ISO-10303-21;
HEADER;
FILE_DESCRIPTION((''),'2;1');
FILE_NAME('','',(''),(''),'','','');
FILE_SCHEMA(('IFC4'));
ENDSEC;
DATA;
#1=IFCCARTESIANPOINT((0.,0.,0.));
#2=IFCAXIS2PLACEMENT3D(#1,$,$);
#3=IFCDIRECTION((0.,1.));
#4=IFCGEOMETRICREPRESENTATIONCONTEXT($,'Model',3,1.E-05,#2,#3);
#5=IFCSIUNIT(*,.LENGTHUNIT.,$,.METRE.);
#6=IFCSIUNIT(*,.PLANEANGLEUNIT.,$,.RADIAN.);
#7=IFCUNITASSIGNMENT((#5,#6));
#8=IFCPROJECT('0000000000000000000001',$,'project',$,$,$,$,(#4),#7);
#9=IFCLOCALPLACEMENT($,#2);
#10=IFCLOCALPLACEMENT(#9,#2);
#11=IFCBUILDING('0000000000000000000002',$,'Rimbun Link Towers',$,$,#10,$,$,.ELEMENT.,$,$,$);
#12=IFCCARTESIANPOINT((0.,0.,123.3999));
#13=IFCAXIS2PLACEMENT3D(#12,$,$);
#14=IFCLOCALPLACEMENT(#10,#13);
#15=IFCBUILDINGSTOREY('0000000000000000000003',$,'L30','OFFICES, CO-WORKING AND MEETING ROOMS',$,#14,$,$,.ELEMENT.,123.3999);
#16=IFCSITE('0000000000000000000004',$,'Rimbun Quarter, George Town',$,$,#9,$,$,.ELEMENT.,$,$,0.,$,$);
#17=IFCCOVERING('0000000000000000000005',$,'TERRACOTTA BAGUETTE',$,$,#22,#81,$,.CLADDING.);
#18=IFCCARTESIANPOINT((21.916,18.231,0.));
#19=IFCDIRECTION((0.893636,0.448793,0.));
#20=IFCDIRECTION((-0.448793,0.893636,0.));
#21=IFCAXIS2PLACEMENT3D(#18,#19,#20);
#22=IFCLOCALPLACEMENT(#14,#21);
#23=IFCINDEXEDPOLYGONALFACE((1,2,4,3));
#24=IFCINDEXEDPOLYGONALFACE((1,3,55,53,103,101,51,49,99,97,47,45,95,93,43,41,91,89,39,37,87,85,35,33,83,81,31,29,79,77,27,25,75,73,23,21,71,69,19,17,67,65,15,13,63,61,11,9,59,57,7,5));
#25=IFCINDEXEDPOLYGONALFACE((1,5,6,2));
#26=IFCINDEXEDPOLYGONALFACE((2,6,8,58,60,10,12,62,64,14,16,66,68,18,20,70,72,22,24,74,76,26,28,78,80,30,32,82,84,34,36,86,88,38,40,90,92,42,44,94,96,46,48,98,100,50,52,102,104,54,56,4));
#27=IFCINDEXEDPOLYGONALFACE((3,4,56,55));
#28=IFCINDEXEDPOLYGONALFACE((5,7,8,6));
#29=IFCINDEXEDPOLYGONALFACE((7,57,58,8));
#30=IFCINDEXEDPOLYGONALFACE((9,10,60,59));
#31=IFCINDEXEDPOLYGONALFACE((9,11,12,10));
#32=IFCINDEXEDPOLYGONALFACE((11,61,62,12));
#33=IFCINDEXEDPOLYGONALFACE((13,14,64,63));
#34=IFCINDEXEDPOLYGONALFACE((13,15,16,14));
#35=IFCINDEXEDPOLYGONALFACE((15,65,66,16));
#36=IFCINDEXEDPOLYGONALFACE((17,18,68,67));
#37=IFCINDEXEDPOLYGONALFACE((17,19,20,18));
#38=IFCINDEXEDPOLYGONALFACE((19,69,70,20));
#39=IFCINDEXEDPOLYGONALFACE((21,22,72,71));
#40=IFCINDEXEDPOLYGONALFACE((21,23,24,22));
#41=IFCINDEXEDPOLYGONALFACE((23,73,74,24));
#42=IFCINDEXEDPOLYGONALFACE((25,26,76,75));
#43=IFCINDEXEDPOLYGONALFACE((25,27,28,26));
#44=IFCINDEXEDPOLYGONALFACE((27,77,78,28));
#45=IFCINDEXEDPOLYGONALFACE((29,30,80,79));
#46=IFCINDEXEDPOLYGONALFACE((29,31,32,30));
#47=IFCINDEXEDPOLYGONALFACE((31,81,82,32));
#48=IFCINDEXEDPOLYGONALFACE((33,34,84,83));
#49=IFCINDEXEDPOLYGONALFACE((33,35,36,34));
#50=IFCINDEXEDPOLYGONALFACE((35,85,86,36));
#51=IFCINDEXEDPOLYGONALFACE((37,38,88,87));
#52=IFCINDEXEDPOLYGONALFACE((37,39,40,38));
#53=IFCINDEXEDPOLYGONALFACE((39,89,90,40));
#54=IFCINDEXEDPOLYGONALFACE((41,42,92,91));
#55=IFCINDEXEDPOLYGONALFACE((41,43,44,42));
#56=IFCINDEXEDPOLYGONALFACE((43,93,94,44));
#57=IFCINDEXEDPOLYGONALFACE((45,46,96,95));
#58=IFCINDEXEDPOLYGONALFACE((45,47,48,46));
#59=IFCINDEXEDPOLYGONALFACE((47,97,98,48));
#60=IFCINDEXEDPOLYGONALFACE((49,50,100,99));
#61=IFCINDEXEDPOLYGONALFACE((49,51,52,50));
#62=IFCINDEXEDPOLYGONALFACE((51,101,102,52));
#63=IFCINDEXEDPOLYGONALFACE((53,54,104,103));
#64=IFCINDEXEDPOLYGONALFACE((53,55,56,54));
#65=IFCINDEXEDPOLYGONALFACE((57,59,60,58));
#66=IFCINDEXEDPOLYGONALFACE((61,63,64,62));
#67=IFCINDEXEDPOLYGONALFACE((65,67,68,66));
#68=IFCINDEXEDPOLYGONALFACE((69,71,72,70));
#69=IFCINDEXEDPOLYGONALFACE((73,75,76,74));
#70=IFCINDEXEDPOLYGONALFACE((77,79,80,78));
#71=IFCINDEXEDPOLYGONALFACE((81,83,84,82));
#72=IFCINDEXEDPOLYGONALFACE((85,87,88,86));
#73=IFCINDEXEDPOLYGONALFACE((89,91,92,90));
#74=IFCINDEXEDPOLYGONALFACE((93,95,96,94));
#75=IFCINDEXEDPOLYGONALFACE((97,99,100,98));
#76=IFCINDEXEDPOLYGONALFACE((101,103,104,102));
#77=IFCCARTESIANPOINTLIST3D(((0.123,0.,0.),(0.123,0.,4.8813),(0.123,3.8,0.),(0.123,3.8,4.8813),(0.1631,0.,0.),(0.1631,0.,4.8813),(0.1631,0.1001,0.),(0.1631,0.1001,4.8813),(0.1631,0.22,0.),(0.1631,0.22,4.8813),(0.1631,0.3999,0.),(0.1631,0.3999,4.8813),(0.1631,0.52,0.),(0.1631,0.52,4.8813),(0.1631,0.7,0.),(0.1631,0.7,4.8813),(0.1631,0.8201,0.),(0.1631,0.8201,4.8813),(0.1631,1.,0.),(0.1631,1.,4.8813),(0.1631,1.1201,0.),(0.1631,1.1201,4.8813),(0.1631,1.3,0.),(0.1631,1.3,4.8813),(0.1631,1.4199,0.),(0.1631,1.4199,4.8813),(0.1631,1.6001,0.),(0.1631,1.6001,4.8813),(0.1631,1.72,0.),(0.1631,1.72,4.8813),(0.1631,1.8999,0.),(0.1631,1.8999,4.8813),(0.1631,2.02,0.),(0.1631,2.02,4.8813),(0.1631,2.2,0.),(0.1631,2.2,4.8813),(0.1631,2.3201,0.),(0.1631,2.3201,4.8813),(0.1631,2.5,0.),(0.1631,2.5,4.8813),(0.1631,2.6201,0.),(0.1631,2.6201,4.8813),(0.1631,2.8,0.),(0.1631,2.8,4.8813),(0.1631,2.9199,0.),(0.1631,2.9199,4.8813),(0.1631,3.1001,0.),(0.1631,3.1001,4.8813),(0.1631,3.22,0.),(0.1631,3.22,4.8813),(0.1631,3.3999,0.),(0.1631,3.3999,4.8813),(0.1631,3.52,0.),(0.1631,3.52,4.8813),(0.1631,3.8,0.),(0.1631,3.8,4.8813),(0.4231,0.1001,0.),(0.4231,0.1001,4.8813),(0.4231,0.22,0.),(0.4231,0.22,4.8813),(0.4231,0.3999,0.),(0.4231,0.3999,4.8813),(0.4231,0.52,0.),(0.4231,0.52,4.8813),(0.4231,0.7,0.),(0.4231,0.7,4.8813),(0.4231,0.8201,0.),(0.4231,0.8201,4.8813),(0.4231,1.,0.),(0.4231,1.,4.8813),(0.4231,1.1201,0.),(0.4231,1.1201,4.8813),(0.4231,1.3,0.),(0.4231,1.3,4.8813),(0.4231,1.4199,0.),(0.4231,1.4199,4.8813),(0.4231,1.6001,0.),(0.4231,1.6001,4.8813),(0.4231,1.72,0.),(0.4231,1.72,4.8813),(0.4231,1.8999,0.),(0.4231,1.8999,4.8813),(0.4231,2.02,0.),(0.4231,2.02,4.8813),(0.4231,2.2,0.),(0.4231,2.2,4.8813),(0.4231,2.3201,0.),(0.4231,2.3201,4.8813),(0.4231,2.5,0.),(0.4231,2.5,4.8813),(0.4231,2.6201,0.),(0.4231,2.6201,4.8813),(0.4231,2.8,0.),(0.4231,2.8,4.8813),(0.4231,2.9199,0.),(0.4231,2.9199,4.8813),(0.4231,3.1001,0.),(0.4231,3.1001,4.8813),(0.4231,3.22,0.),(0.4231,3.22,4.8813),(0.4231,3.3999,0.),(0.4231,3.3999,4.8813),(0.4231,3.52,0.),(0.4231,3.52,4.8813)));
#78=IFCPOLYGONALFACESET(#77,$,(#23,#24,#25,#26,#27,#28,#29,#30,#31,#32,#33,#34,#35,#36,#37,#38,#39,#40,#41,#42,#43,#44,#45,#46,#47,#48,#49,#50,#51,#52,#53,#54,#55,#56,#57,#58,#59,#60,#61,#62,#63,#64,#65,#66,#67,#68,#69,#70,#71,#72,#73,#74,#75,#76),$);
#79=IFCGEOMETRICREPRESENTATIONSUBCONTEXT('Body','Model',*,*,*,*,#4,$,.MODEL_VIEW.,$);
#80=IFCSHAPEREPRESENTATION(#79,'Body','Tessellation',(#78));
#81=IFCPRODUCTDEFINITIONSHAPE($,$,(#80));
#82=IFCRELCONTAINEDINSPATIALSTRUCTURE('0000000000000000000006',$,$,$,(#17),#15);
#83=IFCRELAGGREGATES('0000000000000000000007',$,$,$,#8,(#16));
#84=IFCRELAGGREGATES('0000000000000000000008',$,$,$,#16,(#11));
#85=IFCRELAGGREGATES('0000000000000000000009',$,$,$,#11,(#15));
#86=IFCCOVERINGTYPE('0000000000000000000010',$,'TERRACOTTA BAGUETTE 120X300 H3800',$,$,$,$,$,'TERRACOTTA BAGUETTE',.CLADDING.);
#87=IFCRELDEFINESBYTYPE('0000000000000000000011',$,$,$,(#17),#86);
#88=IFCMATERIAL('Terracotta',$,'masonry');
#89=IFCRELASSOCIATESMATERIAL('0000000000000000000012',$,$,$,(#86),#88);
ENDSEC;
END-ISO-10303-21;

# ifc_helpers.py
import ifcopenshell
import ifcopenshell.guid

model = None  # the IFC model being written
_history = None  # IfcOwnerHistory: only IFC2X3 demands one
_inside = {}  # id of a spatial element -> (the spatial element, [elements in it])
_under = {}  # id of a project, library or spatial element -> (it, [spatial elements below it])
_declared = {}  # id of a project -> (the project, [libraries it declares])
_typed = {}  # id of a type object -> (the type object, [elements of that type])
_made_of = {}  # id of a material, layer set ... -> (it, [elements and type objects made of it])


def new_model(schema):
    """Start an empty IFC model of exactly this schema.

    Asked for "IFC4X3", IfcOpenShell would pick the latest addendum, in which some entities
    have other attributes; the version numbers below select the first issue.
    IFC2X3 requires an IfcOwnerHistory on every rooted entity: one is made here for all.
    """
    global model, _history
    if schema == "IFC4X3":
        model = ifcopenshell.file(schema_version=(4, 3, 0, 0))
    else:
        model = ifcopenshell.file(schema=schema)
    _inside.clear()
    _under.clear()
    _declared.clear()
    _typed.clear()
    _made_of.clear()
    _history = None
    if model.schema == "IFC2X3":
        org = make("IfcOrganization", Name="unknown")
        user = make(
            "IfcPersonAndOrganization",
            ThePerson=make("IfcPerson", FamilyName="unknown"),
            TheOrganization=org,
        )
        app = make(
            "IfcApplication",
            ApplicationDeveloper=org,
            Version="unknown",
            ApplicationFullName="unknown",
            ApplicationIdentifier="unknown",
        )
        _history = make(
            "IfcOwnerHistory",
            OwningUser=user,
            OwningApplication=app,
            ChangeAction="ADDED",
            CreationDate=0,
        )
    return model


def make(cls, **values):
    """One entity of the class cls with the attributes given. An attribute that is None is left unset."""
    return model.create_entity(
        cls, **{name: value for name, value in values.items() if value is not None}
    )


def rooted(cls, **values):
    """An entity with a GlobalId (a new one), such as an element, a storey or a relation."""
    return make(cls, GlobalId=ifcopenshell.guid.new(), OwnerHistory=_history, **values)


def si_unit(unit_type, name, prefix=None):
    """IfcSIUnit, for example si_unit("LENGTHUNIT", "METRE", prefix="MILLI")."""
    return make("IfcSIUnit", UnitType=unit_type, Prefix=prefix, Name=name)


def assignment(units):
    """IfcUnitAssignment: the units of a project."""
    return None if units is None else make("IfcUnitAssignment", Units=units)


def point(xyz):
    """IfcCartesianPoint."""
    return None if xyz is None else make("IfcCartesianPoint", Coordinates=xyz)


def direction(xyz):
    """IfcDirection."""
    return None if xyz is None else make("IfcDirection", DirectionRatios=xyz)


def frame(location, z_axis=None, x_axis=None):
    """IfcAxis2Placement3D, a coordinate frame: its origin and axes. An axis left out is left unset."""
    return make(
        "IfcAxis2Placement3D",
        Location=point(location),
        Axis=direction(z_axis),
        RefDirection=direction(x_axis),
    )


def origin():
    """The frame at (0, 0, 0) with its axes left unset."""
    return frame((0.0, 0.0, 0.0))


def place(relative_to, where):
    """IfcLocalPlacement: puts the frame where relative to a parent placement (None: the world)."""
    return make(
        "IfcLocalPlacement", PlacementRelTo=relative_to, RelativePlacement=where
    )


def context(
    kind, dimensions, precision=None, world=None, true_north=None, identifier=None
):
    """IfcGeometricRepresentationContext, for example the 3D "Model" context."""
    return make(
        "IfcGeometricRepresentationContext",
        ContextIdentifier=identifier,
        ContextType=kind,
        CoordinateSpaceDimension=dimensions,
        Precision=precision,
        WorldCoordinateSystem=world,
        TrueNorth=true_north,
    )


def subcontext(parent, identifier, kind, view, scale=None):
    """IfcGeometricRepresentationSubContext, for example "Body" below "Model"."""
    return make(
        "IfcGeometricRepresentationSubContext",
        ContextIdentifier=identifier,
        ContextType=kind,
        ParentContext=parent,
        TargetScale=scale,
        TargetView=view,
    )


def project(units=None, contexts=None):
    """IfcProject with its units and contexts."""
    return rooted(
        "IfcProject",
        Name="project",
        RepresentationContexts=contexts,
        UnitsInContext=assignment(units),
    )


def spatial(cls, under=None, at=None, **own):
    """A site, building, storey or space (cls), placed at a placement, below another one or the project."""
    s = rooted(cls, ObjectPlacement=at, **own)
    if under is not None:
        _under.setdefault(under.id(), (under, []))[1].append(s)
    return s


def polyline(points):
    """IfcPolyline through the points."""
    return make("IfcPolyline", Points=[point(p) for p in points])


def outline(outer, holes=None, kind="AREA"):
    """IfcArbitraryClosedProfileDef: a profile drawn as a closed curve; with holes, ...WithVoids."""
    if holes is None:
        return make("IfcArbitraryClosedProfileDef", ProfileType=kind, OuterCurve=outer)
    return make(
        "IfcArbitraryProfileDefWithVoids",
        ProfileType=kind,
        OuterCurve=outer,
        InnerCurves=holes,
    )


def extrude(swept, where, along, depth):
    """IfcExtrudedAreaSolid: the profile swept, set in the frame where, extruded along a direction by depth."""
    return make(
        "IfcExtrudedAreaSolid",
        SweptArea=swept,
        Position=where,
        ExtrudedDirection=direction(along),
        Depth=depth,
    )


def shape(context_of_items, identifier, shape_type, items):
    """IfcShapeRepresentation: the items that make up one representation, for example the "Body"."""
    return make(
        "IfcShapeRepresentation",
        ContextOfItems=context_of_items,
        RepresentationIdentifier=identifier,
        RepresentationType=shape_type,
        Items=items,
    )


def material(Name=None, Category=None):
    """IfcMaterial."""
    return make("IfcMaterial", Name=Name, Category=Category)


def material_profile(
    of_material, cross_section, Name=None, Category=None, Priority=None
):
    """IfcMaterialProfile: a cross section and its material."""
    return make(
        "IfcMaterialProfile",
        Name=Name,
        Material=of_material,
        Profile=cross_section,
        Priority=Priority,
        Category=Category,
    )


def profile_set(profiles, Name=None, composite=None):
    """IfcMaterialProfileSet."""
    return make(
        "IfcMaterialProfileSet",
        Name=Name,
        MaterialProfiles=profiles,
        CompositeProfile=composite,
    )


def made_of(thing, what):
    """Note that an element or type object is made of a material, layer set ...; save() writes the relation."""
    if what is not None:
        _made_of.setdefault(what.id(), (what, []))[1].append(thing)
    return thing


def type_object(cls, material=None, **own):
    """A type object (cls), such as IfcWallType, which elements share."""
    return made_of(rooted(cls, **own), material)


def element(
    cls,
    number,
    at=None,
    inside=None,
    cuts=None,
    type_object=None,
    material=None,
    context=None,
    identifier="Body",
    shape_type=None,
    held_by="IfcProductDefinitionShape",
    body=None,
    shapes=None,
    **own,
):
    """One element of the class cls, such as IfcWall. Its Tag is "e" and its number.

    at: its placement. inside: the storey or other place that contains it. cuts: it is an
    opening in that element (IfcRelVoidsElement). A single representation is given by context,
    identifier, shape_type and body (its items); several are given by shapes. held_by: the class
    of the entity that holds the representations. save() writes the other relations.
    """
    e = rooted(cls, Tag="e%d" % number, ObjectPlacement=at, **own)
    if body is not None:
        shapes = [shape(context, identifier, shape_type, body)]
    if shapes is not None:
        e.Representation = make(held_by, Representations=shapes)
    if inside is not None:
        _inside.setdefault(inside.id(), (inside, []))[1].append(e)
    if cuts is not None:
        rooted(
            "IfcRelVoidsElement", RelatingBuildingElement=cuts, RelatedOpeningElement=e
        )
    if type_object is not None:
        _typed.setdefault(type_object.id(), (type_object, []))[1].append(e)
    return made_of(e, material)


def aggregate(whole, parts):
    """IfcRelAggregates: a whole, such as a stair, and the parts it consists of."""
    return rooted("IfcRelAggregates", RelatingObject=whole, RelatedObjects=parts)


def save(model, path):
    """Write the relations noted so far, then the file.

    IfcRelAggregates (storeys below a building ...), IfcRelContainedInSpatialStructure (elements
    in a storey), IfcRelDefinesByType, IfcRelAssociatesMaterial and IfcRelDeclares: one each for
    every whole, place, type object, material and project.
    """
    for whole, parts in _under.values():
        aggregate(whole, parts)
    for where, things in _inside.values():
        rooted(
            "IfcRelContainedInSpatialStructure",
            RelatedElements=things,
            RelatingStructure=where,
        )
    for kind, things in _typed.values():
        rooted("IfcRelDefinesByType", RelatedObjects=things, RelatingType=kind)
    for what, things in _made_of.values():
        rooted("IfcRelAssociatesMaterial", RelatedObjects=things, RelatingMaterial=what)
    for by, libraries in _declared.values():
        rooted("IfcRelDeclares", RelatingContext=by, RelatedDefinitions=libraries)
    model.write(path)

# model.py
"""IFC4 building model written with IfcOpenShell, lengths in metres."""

from ifc_helpers import new_model, si_unit, direction, frame, origin, place, context, subcontext, project, spatial, polyline, outline, extrude, material, material_profile, profile_set, type_object, element, save


model = new_model("IFC4")

# Units and contexts
model_context = context("Model", 3, precision=1e-05, world=origin(), true_north=direction((0.0, 1.0)))
body_context = subcontext(model_context, "Body", "Model", "MODEL_VIEW")
ifc_project = project(units=[si_unit("LENGTHUNIT", "METRE"), si_unit("PLANEANGLEUNIT", "RADIAN")], contexts=[model_context])

# Site, building, storey
site_placement = place(None, origin())
site = spatial("IfcSite", under=ifc_project, at=site_placement, Name="Rimbun Quarter, George Town", CompositionType="ELEMENT", RefElevation=0.0)
building_placement = place(site_placement, origin())
building = spatial("IfcBuilding", under=site, at=building_placement, Name="Rimbun Link Towers", CompositionType="ELEMENT")
storey_placement = place(building_placement, frame((0.0, 0.0, 123.3999)))
storey = spatial("IfcBuildingStorey", under=building, at=storey_placement, Name="L30", Description="OFFICES, CO-WORKING AND MEETING ROOMS", CompositionType="ELEMENT", Elevation=123.3999)

# Covering
ifc_material_1 = material(Name="Terracotta", Category="masonry")
ifc_material_profile_1 = material_profile(ifc_material_1, outline(polyline([(0.123, 0.0), (0.1631, 0.0), (0.1631, 0.1001), (0.4231, 0.1001), (0.4231, 0.22), (0.1631, 0.22), (0.1631, 0.3999), (0.4231, 0.3999), (0.4231, 0.52), (0.1631, 0.52), (0.1631, 0.7), (0.4231, 0.7), (0.4231, 0.8201), (0.1631, 0.8201), (0.1631, 1.0), (0.4231, 1.0), (0.4231, 1.1201), (0.1631, 1.1201), (0.1631, 1.3), (0.4231, 1.3), (0.4231, 1.4199), (0.1631, 1.4199), (0.1631, 1.6001), (0.4231, 1.6001), (0.4231, 1.72), (0.1631, 1.72), (0.1631, 1.8999), (0.4231, 1.8999), (0.4231, 2.02), (0.1631, 2.02), (0.1631, 2.2), (0.4231, 2.2), (0.4231, 2.3201), (0.1631, 2.3201), (0.1631, 2.5), (0.4231, 2.5), (0.4231, 2.6201), (0.1631, 2.6201), (0.1631, 2.8), (0.4231, 2.8), (0.4231, 2.9199), (0.1631, 2.9199), (0.1631, 3.1001), (0.4231, 3.1001), (0.4231, 3.22), (0.1631, 3.22), (0.1631, 3.3999), (0.4231, 3.3999), (0.4231, 3.52), (0.1631, 3.52), (0.1631, 3.8), (0.123, 3.8), (0.123, 0.0)])), Name="BAGUETTE 120X300")
ifc_profile_set_1 = profile_set([ifc_material_profile_1], Name="Terracotta")
covering_type = type_object("IfcCoveringType", Name="TERRACOTTA BAGUETTE 120X300 H3800", ElementType="TERRACOTTA BAGUETTE", PredefinedType="CLADDING", material=ifc_profile_set_1)
covering_1_placement = place(storey_placement, frame((21.916, 18.231, 0.0), z_axis=(0.893636, 0.448793, 0.0), x_axis=(-0.448793, 0.893636, 0.0)))
element("IfcCovering", 1, at=covering_1_placement, inside=storey, type_object=covering_type, Name="TERRACOTTA BAGUETTE", PredefinedType="CLADDING", context=body_context, shape_type="SweptSolid", body=[
    extrude(outline(polyline([(0.123, 0.0), (0.1631, 0.0), (0.1631, 0.1001), (0.4231, 0.1001), (0.4231, 0.22), (0.1631, 0.22), (0.1631, 0.3999), (0.4231, 0.3999), (0.4231, 0.52), (0.1631, 0.52), (0.1631, 0.7), (0.4231, 0.7), (0.4231, 0.8201), (0.1631, 0.8201), (0.1631, 1.0), (0.4231, 1.0), (0.4231, 1.1201), (0.1631, 1.1201), (0.1631, 1.3), (0.4231, 1.3), (0.4231, 1.4199), (0.1631, 1.4199), (0.1631, 1.6001), (0.4231, 1.6001), (0.4231, 1.72), (0.1631, 1.72), (0.1631, 1.8999), (0.4231, 1.8999), (0.4231, 2.02), (0.1631, 2.02), (0.1631, 2.2), (0.4231, 2.2), (0.4231, 2.3201), (0.1631, 2.3201), (0.1631, 2.5), (0.4231, 2.5), (0.4231, 2.6201), (0.1631, 2.6201), (0.1631, 2.8), (0.4231, 2.8), (0.4231, 2.9199), (0.1631, 2.9199), (0.1631, 3.1001), (0.4231, 3.1001), (0.4231, 3.22), (0.1631, 3.22), (0.1631, 3.3999), (0.4231, 3.3999), (0.4231, 3.52), (0.1631, 3.52), (0.1631, 3.8), (0.123, 3.8), (0.123, 0.0)])), origin(), (0.0, 0.0, 1.0), 4.8813),
])

save(model, "model.ifc")
